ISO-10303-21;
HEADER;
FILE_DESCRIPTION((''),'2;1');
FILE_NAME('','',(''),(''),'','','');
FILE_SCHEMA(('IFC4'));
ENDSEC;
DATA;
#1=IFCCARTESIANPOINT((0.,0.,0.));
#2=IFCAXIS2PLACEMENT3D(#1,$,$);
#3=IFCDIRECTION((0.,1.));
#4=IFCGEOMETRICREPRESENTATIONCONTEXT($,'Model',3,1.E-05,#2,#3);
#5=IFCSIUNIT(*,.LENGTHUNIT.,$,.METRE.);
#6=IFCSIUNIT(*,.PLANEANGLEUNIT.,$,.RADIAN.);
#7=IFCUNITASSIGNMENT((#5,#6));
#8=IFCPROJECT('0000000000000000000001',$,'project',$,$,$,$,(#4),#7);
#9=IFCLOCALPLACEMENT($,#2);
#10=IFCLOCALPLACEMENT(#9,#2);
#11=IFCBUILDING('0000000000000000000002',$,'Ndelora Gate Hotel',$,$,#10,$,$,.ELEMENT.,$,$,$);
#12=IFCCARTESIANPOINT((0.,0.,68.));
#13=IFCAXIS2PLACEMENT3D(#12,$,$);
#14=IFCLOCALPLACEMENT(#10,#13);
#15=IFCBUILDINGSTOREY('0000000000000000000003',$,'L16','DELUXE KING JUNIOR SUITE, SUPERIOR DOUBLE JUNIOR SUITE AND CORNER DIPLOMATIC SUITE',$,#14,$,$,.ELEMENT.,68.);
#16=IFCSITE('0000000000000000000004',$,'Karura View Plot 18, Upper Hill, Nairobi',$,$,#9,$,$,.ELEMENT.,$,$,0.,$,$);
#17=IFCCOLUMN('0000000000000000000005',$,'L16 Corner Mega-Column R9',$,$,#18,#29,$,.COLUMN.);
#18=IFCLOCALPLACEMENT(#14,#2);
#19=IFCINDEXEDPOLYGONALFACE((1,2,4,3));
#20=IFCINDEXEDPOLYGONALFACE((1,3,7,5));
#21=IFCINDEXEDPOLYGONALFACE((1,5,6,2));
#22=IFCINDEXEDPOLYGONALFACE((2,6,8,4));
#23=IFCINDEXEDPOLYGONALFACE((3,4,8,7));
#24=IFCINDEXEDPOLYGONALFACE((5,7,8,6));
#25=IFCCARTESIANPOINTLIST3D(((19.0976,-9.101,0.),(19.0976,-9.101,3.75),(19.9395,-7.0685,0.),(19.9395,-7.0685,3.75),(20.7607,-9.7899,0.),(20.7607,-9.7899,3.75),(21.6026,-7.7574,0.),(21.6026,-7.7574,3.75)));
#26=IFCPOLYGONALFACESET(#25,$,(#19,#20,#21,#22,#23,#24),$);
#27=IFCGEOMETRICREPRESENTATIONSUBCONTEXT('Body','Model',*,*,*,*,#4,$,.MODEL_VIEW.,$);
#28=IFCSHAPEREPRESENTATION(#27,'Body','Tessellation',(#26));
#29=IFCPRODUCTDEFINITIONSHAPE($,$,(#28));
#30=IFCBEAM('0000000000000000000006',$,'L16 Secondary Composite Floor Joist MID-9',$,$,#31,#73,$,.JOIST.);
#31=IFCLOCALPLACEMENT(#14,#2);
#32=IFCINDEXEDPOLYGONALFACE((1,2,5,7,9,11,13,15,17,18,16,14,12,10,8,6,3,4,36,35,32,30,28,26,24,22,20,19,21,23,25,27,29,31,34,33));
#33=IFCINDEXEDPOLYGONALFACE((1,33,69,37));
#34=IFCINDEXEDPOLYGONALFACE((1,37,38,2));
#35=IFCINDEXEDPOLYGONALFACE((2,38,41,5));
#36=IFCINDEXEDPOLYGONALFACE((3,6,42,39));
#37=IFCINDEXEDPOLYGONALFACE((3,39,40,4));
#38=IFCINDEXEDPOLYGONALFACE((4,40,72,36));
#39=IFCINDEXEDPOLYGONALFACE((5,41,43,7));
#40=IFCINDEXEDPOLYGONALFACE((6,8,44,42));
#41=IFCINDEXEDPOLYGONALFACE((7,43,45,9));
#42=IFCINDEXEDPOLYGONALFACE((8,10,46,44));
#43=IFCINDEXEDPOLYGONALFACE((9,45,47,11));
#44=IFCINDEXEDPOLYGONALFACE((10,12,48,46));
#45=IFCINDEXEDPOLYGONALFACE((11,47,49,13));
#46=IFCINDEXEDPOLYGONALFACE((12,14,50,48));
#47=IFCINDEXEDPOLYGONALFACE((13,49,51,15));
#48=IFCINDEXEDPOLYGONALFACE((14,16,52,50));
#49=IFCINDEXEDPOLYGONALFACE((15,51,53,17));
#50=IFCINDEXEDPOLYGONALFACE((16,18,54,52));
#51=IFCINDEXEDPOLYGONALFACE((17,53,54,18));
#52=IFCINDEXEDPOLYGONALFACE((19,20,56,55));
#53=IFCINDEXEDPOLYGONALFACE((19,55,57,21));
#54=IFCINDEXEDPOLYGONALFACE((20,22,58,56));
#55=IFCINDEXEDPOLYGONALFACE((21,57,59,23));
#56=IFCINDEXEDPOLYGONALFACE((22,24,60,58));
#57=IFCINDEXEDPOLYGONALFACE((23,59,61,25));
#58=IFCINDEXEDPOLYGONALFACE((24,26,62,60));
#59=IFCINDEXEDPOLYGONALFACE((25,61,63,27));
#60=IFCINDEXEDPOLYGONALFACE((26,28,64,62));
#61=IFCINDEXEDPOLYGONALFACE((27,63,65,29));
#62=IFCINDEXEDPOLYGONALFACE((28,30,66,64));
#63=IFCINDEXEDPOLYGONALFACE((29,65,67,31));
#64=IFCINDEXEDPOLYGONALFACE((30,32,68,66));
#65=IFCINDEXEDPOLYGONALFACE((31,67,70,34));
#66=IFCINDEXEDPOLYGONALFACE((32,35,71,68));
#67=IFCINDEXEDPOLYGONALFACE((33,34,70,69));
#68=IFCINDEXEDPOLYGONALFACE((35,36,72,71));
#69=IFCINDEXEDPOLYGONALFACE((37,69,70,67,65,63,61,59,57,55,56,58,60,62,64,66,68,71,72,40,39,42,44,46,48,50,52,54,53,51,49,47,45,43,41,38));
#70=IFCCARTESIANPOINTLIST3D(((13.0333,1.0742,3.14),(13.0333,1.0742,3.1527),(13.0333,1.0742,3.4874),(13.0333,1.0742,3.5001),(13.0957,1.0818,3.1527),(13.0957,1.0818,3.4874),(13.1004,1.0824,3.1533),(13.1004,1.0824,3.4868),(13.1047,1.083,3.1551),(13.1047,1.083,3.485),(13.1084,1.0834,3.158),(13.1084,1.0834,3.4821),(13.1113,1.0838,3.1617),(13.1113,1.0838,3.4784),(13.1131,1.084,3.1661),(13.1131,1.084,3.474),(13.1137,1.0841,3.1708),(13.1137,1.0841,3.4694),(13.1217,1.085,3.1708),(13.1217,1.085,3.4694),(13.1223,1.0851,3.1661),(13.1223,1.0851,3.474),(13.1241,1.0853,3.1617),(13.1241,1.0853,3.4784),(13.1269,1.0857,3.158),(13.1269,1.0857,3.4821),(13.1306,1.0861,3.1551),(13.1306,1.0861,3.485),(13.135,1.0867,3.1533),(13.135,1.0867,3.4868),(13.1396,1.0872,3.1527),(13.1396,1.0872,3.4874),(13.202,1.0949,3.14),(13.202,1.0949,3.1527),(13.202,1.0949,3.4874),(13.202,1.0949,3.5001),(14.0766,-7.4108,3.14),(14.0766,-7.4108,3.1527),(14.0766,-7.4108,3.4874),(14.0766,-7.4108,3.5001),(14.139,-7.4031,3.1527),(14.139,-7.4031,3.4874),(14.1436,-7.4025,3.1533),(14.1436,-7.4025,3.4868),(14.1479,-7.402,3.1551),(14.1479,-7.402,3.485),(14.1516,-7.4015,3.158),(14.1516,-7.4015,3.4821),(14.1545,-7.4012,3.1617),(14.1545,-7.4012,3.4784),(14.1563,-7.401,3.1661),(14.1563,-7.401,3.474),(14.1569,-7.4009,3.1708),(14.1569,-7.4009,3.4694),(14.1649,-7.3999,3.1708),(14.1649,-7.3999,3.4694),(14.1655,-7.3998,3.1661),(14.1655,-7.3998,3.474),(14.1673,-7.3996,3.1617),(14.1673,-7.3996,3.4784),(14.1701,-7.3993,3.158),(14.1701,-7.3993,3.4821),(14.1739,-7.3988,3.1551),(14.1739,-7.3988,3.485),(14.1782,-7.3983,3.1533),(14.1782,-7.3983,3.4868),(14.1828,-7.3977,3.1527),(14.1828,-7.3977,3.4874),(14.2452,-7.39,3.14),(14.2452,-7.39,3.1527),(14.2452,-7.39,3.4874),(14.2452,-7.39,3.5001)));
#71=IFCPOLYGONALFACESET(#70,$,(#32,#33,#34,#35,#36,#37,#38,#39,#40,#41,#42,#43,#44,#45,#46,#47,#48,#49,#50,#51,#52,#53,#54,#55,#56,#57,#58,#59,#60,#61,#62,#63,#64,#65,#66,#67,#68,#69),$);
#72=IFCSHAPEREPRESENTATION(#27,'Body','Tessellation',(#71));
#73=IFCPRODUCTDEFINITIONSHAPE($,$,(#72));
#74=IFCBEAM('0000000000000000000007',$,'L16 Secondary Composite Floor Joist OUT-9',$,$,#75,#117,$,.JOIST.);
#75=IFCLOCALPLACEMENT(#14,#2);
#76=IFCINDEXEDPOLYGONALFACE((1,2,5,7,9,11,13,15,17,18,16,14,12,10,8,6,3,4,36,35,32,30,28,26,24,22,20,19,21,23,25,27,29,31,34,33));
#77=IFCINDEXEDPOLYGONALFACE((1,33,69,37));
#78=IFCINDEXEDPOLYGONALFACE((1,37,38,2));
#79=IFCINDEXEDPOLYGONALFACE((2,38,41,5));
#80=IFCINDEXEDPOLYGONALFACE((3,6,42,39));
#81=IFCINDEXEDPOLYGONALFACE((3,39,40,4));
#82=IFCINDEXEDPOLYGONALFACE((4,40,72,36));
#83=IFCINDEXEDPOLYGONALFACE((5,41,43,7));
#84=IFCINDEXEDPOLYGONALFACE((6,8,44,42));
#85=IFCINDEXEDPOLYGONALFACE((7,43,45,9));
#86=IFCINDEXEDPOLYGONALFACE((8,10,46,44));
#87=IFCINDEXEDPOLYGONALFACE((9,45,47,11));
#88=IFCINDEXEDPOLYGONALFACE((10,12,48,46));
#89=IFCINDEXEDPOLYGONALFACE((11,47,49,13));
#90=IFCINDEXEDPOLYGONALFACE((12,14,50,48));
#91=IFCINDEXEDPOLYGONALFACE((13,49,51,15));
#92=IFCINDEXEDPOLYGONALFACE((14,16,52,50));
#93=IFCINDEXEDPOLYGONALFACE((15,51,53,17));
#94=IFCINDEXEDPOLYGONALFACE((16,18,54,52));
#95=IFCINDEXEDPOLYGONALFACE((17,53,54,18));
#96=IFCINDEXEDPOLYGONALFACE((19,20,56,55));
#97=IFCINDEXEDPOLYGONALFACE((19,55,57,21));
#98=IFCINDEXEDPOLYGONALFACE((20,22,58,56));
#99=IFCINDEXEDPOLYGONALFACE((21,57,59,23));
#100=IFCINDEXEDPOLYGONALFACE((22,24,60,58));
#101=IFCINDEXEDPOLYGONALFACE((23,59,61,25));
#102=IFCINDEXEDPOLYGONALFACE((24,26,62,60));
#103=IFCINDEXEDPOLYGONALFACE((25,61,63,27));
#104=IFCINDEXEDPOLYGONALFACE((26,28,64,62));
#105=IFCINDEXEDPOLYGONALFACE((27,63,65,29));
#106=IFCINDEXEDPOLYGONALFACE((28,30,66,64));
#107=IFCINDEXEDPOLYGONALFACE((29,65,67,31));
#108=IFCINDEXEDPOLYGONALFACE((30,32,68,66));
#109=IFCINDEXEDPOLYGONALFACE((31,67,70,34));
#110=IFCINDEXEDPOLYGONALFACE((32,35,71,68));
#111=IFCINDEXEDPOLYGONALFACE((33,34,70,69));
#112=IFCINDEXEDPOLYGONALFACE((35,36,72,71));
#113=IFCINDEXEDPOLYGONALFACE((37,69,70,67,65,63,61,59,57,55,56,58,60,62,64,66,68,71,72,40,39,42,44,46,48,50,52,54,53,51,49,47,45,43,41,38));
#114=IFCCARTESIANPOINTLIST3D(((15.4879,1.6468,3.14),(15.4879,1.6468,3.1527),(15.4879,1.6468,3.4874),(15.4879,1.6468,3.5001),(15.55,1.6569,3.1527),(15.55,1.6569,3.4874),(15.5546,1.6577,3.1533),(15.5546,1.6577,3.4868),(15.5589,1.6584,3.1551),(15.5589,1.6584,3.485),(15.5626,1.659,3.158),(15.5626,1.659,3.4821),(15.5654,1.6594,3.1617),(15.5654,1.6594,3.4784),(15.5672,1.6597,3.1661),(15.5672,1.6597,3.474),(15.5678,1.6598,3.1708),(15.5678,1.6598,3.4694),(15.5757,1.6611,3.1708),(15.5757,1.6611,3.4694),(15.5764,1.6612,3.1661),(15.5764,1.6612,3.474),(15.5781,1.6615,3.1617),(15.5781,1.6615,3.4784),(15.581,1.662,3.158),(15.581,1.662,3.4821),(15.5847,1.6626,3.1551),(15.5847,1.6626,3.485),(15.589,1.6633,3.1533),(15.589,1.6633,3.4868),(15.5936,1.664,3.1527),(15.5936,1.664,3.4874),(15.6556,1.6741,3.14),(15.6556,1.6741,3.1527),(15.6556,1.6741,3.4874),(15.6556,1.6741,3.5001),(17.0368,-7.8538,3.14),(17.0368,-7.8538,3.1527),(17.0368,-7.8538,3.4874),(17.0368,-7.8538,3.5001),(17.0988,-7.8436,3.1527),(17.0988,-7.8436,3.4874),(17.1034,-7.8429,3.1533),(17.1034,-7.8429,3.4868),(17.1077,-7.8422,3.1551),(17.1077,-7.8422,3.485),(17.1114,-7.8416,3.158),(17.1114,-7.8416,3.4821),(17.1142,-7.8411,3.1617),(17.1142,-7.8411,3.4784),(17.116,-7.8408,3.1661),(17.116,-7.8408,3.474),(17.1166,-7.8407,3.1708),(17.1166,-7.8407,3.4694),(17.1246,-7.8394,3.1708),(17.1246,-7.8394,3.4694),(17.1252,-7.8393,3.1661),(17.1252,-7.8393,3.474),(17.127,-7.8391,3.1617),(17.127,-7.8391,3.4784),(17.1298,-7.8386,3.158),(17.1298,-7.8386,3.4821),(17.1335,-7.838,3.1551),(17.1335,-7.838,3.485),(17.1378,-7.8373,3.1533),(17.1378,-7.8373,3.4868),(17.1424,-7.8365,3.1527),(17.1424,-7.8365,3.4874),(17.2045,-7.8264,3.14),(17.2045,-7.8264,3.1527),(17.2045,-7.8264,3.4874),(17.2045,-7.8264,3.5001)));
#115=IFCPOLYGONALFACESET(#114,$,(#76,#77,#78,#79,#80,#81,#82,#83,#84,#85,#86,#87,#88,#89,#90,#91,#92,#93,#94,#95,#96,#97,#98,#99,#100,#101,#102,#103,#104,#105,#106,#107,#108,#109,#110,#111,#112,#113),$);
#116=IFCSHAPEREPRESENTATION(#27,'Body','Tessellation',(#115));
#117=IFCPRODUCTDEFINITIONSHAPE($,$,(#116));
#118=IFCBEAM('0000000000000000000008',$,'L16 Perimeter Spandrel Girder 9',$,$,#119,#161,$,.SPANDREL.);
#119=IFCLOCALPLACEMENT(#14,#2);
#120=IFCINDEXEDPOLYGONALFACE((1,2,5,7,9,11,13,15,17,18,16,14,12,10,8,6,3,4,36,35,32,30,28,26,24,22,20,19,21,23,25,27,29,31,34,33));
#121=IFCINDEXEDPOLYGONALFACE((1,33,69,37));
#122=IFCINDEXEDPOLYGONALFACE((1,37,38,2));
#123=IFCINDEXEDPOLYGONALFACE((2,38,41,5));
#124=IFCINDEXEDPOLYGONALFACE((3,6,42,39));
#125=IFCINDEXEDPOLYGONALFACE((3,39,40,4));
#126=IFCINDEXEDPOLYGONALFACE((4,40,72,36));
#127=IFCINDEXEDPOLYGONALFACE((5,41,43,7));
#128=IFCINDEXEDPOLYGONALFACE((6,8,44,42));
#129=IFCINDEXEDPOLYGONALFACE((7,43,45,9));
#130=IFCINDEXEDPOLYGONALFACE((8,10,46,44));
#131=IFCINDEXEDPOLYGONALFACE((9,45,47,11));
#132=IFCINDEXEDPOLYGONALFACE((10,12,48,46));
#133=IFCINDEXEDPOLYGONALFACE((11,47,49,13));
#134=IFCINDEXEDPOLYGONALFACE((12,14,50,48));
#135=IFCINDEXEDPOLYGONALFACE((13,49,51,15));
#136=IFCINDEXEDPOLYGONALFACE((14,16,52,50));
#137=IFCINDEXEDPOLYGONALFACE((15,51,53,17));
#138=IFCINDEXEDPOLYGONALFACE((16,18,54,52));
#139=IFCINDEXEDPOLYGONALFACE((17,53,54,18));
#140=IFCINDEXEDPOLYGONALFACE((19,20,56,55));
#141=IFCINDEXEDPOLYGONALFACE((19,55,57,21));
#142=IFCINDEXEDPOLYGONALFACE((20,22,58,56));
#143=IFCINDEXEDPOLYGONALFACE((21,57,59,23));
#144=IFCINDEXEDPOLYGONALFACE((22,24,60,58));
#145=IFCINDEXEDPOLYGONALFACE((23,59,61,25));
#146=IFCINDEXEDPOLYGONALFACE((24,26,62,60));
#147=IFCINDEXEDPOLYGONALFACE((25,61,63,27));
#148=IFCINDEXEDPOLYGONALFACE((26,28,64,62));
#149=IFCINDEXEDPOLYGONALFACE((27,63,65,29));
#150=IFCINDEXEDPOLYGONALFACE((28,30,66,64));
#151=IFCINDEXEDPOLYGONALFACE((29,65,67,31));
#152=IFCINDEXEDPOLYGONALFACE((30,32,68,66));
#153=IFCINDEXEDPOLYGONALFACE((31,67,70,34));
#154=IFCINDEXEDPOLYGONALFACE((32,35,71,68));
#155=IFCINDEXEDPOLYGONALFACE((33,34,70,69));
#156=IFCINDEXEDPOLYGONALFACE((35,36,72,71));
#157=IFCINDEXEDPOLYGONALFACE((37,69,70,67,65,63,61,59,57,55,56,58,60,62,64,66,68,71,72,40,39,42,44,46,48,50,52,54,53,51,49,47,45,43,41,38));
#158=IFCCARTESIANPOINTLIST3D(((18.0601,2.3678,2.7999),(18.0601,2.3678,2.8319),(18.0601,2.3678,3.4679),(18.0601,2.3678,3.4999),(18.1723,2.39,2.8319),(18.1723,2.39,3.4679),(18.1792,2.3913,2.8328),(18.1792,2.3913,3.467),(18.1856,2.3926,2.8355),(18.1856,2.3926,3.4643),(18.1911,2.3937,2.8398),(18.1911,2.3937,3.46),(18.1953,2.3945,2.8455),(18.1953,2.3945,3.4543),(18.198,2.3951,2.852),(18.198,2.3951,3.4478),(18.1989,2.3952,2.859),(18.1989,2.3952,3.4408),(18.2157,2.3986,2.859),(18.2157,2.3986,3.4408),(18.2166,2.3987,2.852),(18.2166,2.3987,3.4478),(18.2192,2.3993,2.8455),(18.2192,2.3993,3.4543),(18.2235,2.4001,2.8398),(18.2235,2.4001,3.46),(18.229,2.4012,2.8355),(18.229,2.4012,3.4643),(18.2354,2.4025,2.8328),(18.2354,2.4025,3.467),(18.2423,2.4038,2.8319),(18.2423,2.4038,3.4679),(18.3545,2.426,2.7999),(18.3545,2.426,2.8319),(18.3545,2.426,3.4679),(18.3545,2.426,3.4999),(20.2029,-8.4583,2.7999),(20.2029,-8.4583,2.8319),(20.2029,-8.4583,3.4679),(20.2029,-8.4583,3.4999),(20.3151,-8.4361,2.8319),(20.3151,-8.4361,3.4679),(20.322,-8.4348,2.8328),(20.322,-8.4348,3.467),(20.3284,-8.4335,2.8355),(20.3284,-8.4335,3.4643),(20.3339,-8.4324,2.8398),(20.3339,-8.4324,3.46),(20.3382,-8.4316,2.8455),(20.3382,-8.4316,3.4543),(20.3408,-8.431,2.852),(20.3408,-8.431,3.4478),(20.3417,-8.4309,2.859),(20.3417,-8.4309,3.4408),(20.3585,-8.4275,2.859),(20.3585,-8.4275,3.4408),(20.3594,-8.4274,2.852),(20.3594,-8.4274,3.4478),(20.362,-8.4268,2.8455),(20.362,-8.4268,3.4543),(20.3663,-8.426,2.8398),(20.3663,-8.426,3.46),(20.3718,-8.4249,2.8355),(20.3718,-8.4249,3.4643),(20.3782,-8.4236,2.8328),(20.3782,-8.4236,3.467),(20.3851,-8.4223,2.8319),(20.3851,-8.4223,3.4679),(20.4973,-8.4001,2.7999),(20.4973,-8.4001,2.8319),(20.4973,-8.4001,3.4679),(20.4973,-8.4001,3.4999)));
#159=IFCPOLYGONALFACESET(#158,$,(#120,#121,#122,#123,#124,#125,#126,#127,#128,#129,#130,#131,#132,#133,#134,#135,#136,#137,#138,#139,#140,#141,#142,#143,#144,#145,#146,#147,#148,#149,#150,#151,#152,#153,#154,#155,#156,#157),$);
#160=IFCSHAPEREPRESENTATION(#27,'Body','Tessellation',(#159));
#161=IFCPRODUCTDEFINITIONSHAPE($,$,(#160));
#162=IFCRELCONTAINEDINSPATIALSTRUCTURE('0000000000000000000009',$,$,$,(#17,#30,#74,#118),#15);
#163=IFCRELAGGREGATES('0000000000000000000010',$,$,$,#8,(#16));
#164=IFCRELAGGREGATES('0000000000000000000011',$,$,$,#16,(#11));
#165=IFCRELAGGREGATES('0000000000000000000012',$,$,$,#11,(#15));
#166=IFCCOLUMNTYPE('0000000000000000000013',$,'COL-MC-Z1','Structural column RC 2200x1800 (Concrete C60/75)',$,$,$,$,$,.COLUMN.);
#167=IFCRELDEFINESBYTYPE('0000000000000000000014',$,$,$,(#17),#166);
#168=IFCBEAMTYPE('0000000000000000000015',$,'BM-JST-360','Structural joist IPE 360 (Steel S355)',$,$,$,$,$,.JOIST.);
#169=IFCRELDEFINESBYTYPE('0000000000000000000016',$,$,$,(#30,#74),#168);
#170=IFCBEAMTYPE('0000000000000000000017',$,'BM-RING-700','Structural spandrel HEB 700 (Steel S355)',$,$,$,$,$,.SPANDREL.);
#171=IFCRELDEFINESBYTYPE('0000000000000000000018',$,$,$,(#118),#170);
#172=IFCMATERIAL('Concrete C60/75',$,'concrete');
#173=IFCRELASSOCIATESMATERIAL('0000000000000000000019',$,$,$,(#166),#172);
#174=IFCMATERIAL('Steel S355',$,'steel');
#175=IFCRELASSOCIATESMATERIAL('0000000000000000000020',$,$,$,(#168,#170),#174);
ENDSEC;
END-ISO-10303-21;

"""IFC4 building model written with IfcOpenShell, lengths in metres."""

from ifc_helpers import new_model, si_unit, direction, frame, origin, origin_2d, place, context, subcontext, project, spatial, rectangle, i_section, extrude, material, material_profile, profile_set, type_object, element, save


model = new_model("IFC4")

# Units and contexts
model_context = context("Model", 3, precision=1e-05, world=origin(), true_north=direction((0.0, 1.0)))
body_context = subcontext(model_context, "Body", "Model", "MODEL_VIEW")
ifc_project = project(units=[si_unit("LENGTHUNIT", "METRE"), si_unit("PLANEANGLEUNIT", "RADIAN")], contexts=[model_context])

# Site, building, storey
site_placement = place(None, origin())
site = spatial("IfcSite", under=ifc_project, at=site_placement, Name="Karura View Plot 18, Upper Hill, Nairobi", CompositionType="ELEMENT", RefElevation=0.0)
building_placement = place(site_placement, origin())
building = spatial("IfcBuilding", under=site, at=building_placement, Name="Ndelora Gate Hotel", CompositionType="ELEMENT")
storey_placement = place(building_placement, frame((0.0, 0.0, 68.0)))
storey = spatial("IfcBuildingStorey", under=building, at=storey_placement, Name="L16", Description="DELUXE KING JUNIOR SUITE, SUPERIOR DOUBLE JUNIOR SUITE AND CORNER DIPLOMATIC SUITE", CompositionType="ELEMENT", Elevation=68.0)

# Column
ifc_material_1 = material(Name="Concrete C60/75", Category="concrete")
ifc_material_profile_1 = material_profile(ifc_material_1, rectangle(XDim=1.8, YDim=2.2, at=origin_2d()), Name="RC 2200x1800")
ifc_profile_set_1 = profile_set([ifc_material_profile_1], Name="Concrete C60/75")
column_type = type_object("IfcColumnType", Name="COL-MC-Z1", Description="Structural column RC 2200x1800 (Concrete C60/75)", PredefinedType="COLUMN", material=ifc_profile_set_1)
column_placement = place(storey_placement, frame((20.3501, -8.4292, 0.0), z_axis=(0.0, 0.0, 1.0), x_axis=(-0.92388, 0.382683, 0.0)))
element("IfcColumn", 1, at=column_placement, inside=storey, type_object=column_type, Name="L16 Corner Mega-Column R9", PredefinedType="COLUMN", context=body_context, shape_type="SweptSolid", body=[
    extrude(rectangle(XDim=1.8, YDim=2.2, at=origin_2d()), origin(), (0.0, 0.0, 1.0), 3.75),
])

# Beams
ifc_material_2 = material(Name="Steel S355", Category="steel")
ifc_material_profile_2 = material_profile(ifc_material_2, i_section(OverallWidth=0.1699, OverallDepth=0.3601, WebThickness=0.0081, FlangeThickness=0.0127, FilletRadius=0.0181, at=origin_2d()), Name="IPE 360")
ifc_profile_set_2 = profile_set([ifc_material_profile_2], Name="Steel S355")
beam_type_1 = type_object("IfcBeamType", Name="BM-JST-360", Description="Structural joist IPE 360 (Steel S355)", PredefinedType="JOIST", material=ifc_profile_set_2)
beam_1_placement = place(storey_placement, frame((14.1609, -7.4004, 3.3201), z_axis=(-0.122031, 0.992526, 0.0), x_axis=(-0.992526, -0.122031, 0.0)))
element("IfcBeam", 2, at=beam_1_placement, inside=storey, type_object=beam_type_1, Name="L16 Secondary Composite Floor Joist MID-9", PredefinedType="JOIST", context=body_context, shape_type="SweptSolid", body=[
    extrude(i_section(OverallWidth=0.1699, OverallDepth=0.3601, WebThickness=0.0081, FlangeThickness=0.0127, FilletRadius=0.0181, at=origin_2d()), origin(), (0.0, 0.0, 1.0), 8.5488),
])
beam_2_placement = place(storey_placement, frame((17.1206, -7.8401, 3.3201), z_axis=(-0.160902, 0.98697, 0.0), x_axis=(-0.98697, -0.160902, 0.0)))
element("IfcBeam", 3, at=beam_2_placement, inside=storey, type_object=beam_type_1, Name="L16 Secondary Composite Floor Joist OUT-9", PredefinedType="JOIST", context=body_context, shape_type="SweptSolid", body=[
    extrude(i_section(OverallWidth=0.1699, OverallDepth=0.3601, WebThickness=0.0081, FlangeThickness=0.0127, FilletRadius=0.0181, at=origin_2d()), origin(), (0.0, 0.0, 1.0), 9.626),
])
ifc_material_profile_3 = material_profile(ifc_material_2, i_section(OverallWidth=0.3, OverallDepth=0.7, WebThickness=0.0171, FlangeThickness=0.032, FilletRadius=0.0271, at=origin_2d()), Name="HEB 700")
ifc_profile_set_3 = profile_set([ifc_material_profile_3], Name="Steel S355")
beam_type_2 = type_object("IfcBeamType", Name="BM-RING-700", Description="Structural spandrel HEB 700 (Steel S355)", PredefinedType="SPANDREL", material=ifc_profile_set_3)
beam_3_placement = place(storey_placement, frame((20.3501, -8.4292, 3.1499), z_axis=(-0.194163, 0.980969, 0.0), x_axis=(-0.980969, -0.194163, 0.0)))
element("IfcBeam", 4, at=beam_3_placement, inside=storey, type_object=beam_type_2, Name="L16 Perimeter Spandrel Girder 9", PredefinedType="SPANDREL", context=body_context, shape_type="SweptSolid", body=[
    extrude(i_section(OverallWidth=0.3, OverallDepth=0.7, WebThickness=0.0171, FlangeThickness=0.032, FilletRadius=0.0271, at=origin_2d()), origin(), (0.0, 0.0, 1.0), 11.0361),
])

save(model, "model.ifc")
